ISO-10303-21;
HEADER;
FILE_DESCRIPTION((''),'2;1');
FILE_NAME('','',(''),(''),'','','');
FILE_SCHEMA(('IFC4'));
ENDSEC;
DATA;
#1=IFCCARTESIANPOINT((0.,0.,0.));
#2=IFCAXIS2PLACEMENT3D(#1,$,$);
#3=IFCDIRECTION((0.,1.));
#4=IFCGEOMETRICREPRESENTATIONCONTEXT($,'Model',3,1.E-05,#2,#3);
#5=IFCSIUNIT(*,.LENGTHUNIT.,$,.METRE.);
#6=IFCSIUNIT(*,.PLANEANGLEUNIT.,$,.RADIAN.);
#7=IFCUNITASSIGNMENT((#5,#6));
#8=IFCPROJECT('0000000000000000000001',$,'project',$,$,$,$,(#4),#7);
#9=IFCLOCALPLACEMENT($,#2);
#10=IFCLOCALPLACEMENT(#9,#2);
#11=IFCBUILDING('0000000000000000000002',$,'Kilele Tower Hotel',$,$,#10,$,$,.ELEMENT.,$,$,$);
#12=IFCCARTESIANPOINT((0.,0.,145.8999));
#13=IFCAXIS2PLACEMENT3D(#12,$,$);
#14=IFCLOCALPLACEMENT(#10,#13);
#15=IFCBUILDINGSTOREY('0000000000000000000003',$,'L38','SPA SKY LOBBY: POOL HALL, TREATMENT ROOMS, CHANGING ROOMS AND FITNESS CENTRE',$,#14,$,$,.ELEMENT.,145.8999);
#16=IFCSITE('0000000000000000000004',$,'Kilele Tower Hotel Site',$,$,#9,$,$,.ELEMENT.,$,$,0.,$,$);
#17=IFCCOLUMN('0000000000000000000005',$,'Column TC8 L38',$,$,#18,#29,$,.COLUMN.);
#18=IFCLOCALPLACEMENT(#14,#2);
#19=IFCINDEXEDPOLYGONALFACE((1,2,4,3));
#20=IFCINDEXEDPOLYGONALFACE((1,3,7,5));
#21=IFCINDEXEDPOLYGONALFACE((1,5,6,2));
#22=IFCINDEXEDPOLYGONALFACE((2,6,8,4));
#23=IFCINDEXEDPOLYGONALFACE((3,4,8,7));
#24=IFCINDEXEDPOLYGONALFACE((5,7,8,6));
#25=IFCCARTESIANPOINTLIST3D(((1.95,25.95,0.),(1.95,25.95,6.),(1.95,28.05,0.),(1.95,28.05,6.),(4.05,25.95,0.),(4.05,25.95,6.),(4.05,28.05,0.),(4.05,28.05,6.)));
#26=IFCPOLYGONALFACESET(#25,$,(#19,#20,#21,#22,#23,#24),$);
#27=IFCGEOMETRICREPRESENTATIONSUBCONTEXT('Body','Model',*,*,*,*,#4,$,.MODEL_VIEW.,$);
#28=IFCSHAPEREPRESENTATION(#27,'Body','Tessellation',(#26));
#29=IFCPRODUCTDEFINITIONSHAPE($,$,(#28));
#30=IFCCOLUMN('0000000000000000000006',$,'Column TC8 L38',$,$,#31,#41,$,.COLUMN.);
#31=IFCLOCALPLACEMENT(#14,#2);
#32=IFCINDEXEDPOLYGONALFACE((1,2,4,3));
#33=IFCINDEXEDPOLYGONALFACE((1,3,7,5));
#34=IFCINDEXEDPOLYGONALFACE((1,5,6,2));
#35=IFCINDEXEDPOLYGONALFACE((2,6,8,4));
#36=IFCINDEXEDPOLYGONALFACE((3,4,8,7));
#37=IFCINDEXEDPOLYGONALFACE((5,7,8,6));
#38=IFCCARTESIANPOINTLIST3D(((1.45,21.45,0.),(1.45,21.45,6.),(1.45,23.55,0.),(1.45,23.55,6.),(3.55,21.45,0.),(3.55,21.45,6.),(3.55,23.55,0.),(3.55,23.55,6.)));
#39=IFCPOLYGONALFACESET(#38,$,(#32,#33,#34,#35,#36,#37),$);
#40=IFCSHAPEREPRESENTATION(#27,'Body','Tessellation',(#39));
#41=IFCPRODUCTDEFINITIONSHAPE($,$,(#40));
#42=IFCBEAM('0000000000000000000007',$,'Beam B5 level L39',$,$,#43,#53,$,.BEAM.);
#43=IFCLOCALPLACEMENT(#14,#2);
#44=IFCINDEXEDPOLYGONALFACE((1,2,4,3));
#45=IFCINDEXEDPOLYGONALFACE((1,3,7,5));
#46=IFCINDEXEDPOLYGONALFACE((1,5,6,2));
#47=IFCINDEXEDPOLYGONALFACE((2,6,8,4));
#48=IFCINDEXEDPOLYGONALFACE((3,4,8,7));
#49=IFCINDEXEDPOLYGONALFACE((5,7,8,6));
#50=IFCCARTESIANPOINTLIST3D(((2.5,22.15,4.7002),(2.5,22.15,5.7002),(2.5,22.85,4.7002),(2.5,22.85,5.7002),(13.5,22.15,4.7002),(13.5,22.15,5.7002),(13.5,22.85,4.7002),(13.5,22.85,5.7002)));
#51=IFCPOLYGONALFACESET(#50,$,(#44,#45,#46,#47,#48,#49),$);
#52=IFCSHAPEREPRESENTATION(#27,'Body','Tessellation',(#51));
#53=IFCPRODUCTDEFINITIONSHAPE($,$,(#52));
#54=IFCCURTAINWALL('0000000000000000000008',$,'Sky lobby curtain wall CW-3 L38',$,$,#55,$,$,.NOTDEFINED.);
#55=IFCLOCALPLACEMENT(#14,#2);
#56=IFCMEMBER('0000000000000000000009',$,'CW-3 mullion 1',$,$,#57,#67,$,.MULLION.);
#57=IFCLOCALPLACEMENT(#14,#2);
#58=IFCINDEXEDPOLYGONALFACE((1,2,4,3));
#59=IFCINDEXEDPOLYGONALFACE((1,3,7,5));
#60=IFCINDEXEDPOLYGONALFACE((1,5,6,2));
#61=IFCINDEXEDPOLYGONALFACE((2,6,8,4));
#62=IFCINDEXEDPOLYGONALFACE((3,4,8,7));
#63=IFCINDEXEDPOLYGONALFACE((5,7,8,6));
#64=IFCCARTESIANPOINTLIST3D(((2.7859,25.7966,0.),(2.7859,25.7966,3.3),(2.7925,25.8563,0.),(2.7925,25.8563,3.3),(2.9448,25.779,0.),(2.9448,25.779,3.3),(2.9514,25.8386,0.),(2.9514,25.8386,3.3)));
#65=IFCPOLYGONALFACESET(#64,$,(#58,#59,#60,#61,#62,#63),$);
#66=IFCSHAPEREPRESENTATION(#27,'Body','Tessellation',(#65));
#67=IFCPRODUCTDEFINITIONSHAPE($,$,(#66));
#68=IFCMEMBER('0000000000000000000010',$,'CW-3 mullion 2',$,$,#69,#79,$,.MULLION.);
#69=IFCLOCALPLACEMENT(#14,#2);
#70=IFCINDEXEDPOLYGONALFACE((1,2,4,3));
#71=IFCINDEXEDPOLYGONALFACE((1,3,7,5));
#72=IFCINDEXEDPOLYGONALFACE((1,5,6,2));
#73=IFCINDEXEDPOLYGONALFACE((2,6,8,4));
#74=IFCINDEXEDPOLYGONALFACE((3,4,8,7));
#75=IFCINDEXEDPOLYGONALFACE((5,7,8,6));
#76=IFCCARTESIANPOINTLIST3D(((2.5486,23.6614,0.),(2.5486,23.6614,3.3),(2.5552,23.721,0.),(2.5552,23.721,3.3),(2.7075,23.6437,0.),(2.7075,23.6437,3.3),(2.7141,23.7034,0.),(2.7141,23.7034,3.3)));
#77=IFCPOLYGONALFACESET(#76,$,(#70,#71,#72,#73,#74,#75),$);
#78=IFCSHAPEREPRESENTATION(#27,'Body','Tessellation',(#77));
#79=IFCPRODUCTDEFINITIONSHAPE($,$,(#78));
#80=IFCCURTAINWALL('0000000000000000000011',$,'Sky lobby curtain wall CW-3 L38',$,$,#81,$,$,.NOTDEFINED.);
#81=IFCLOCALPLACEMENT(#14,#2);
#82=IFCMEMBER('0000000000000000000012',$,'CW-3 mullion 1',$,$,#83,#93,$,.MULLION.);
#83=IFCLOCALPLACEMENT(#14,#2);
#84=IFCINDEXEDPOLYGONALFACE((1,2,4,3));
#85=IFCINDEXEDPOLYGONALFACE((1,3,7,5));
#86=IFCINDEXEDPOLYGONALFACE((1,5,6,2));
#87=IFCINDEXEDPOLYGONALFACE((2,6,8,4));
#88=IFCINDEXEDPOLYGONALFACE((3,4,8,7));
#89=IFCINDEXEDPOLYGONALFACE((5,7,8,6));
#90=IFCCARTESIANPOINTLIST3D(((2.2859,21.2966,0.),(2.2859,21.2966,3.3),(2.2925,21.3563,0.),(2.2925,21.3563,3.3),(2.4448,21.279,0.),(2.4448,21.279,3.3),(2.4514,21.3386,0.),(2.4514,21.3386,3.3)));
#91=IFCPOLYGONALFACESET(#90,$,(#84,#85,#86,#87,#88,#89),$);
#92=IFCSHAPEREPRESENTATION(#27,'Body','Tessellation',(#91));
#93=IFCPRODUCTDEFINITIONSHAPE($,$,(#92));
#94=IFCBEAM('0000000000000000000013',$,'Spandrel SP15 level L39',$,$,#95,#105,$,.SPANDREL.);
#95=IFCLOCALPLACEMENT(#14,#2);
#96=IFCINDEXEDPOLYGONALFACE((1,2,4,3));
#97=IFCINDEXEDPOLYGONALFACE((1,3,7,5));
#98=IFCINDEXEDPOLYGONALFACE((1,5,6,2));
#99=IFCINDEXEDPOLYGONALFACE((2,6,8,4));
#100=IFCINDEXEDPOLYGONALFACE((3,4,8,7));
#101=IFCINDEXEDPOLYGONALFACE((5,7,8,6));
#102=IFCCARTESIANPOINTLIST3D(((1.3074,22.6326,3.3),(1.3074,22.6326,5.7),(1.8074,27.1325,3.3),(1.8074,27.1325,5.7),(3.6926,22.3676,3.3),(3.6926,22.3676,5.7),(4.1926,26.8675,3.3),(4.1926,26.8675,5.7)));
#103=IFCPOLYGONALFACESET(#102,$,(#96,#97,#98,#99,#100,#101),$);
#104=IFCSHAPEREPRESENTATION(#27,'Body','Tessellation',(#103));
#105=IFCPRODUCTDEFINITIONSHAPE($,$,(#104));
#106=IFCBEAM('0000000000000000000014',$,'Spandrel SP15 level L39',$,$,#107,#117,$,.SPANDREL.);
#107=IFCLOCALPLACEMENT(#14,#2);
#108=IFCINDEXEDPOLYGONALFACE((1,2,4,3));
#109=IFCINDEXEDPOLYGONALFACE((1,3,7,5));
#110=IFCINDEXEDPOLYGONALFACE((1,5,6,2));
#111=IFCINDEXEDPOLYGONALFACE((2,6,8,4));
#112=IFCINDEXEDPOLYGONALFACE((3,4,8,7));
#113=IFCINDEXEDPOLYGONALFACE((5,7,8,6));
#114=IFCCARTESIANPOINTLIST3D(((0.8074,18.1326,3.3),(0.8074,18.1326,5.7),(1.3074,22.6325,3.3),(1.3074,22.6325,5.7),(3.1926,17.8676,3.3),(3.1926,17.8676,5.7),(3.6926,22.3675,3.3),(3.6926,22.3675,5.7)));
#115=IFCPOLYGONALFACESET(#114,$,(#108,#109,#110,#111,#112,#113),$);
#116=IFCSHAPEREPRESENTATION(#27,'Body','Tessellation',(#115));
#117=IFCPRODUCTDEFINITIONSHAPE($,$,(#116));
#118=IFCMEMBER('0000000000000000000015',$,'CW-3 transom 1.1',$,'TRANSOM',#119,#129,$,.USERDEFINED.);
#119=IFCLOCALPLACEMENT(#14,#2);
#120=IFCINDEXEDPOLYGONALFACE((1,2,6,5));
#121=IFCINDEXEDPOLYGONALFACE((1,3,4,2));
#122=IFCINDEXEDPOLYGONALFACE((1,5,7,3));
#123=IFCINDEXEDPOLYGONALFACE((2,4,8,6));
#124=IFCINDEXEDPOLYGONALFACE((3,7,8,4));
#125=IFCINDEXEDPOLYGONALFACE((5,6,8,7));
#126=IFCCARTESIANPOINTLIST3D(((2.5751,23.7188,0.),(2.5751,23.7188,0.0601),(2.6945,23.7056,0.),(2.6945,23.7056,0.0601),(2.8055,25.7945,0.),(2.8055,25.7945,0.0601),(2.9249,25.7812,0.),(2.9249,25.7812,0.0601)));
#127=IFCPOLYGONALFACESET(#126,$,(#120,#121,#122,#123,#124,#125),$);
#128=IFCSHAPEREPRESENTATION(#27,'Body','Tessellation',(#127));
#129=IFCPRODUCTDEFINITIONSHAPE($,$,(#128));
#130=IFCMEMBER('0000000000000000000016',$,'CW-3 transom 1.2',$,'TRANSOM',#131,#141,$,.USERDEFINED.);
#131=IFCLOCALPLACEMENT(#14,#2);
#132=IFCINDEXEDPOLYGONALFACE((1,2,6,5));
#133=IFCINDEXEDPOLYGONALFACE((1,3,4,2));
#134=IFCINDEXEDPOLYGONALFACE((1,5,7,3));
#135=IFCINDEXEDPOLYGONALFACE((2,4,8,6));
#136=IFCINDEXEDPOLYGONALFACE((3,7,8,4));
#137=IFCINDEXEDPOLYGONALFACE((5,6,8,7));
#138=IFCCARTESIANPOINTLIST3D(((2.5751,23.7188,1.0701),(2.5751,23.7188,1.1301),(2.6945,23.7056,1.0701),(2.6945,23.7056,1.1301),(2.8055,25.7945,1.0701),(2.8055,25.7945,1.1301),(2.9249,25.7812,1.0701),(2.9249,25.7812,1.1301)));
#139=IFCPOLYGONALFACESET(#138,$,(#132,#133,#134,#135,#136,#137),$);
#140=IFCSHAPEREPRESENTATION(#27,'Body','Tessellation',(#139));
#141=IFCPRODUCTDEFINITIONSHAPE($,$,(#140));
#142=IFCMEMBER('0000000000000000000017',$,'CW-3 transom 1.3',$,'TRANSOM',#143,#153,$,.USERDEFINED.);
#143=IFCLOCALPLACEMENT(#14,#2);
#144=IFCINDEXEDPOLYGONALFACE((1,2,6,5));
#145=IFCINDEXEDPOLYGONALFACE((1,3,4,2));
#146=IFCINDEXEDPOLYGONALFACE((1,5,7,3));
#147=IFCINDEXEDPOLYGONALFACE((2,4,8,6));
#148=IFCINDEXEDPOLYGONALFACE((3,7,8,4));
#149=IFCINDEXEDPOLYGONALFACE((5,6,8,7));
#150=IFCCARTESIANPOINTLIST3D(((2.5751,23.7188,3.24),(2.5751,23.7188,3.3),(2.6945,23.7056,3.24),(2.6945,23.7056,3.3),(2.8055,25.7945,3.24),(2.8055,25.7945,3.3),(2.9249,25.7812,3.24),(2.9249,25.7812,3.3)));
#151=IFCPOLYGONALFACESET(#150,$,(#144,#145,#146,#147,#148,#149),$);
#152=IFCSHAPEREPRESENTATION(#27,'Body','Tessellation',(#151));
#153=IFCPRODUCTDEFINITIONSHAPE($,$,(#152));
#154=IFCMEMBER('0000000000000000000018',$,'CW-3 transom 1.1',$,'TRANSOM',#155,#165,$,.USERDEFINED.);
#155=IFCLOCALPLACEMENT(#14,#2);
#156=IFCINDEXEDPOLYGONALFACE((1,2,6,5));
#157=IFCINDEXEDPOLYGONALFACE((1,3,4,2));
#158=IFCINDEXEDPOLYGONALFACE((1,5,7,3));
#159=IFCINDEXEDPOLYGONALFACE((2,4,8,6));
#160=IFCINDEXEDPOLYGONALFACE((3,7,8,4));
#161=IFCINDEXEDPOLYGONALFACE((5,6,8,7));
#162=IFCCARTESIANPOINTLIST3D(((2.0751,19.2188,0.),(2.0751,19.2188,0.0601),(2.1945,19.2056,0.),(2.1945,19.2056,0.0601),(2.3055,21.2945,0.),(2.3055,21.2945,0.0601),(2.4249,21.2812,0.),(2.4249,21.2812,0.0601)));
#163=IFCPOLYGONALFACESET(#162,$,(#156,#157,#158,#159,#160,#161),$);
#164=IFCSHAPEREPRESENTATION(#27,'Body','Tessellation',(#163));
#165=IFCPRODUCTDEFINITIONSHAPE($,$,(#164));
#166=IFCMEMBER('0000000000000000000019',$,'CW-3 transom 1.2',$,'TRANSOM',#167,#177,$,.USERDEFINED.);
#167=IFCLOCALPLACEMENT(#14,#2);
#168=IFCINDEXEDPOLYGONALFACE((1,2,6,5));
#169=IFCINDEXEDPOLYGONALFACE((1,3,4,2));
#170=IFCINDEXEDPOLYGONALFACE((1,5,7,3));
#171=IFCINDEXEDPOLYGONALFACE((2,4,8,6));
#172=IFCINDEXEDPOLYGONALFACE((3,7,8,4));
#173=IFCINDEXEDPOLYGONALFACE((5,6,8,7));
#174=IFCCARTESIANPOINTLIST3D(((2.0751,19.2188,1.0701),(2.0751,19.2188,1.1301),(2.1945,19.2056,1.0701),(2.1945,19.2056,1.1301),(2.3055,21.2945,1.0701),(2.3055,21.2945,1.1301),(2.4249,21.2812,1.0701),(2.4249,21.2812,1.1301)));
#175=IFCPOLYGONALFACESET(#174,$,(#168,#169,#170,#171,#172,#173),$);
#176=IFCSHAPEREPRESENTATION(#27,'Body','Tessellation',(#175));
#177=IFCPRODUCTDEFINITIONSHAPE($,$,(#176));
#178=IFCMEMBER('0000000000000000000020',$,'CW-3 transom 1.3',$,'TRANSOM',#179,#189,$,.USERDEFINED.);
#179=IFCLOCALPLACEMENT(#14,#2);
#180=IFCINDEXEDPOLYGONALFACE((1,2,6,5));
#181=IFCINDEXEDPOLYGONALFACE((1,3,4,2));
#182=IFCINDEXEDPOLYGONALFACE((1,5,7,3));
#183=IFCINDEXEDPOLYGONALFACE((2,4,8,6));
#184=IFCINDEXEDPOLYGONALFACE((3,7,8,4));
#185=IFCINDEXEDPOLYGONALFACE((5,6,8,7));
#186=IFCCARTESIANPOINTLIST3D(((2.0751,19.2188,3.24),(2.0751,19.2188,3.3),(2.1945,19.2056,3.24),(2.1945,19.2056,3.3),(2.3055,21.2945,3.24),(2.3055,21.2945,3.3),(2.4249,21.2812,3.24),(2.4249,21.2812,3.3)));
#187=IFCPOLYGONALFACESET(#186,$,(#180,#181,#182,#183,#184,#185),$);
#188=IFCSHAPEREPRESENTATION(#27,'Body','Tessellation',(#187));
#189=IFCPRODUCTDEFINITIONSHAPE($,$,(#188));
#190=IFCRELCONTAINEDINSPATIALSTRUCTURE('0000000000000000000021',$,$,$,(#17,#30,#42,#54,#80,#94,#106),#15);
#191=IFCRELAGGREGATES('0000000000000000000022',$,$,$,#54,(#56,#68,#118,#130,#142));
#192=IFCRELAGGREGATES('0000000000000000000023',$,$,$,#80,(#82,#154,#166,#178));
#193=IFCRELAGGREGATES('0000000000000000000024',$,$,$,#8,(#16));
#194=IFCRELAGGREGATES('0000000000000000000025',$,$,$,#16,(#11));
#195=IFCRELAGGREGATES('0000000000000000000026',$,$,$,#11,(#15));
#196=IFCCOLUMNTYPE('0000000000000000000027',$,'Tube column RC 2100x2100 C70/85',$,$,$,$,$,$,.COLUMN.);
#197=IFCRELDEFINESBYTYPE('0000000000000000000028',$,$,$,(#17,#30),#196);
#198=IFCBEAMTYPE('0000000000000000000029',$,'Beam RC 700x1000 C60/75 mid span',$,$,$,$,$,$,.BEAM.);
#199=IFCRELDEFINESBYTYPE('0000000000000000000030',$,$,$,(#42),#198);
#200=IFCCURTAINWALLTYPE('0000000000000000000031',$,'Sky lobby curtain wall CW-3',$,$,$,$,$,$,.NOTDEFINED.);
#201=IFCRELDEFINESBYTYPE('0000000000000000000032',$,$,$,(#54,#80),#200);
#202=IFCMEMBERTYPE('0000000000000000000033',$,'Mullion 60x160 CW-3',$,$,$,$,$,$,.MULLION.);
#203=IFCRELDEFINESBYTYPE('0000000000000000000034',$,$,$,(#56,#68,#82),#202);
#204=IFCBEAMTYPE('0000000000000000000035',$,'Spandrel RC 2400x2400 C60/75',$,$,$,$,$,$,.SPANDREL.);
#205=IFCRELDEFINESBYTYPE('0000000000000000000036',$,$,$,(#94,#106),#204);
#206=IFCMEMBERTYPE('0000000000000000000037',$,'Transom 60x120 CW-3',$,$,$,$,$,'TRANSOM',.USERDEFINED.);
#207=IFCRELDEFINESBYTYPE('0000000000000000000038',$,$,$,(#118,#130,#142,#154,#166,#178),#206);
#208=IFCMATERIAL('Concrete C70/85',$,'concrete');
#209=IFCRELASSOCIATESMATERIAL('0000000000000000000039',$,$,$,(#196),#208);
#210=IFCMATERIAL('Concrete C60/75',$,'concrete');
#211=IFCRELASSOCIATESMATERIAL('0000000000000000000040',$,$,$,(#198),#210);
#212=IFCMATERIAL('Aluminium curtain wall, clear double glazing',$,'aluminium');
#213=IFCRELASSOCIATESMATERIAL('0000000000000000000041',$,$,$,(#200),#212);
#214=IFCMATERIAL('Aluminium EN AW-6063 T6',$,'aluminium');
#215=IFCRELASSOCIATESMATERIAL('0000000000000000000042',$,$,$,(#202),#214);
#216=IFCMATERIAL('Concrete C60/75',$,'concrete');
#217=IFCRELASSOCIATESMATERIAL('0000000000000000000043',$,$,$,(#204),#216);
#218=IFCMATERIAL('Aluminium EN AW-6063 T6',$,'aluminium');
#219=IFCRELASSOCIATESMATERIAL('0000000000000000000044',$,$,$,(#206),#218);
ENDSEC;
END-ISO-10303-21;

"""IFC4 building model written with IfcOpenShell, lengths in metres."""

from ifc_helpers import new_model, si_unit, direction, frame, origin, origin_2d, place, context, subcontext, project, spatial, rectangle, extrude, material, material_profile, profile_set, type_object, element, aggregate, save


model = new_model("IFC4")

# Units and contexts
model_context = context("Model", 3, precision=1e-05, world=origin(), true_north=direction((0.0, 1.0)))
body_context = subcontext(model_context, "Body", "Model", "MODEL_VIEW")
ifc_project = project(units=[si_unit("LENGTHUNIT", "METRE"), si_unit("PLANEANGLEUNIT", "RADIAN")], contexts=[model_context])

# Site, building, storey
site_placement = place(None, origin())
site = spatial("IfcSite", under=ifc_project, at=site_placement, Name="Kilele Tower Hotel Site", CompositionType="ELEMENT", RefElevation=0.0)
building_placement = place(site_placement, origin())
building = spatial("IfcBuilding", under=site, at=building_placement, Name="Kilele Tower Hotel", CompositionType="ELEMENT")
storey_placement = place(building_placement, frame((0.0, 0.0, 145.8999)))
storey = spatial("IfcBuildingStorey", under=building, at=storey_placement, Name="L38", Description="SPA SKY LOBBY: POOL HALL, TREATMENT ROOMS, CHANGING ROOMS AND FITNESS CENTRE", CompositionType="ELEMENT", Elevation=145.8999)

# Columns
ifc_material_1 = material(Name="Concrete C70/85", Category="concrete")
ifc_material_profile_1 = material_profile(ifc_material_1, rectangle(XDim=2.1001, YDim=2.1001, at=origin_2d()))
ifc_profile_set_1 = profile_set([ifc_material_profile_1], Name="Concrete C70/85")
column_type = type_object("IfcColumnType", Name="Tube column RC 2100x2100 C70/85", PredefinedType="COLUMN", material=ifc_profile_set_1)
for number, where, z_axis, x_axis, name in (
    (1, (3.0, 27.0, 0.0), (0.0, 0.0, 1.0), (1.0, 0.0, 0.0), "Column TC8 L38"),
    (2, (2.5, 22.5, 0.0), (0.0, 0.0, 1.0), (1.0, 0.0, 0.0), "Column TC8 L38"),
):
    element("IfcColumn", number, at=place(storey_placement, frame(where, z_axis=z_axis, x_axis=x_axis)), inside=storey, type_object=column_type, Name=name, PredefinedType="COLUMN", context=body_context, shape_type="SweptSolid", body=[
        extrude(rectangle(XDim=2.1001, YDim=2.1001, at=origin_2d()), origin(), (0.0, 0.0, 1.0), 6.0),
    ])

# Beam
ifc_material_2 = material(Name="Concrete C60/75", Category="concrete")
ifc_material_profile_2 = material_profile(ifc_material_2, rectangle(XDim=0.7, YDim=1.0, at=origin_2d()))
ifc_profile_set_2 = profile_set([ifc_material_profile_2], Name="Concrete C60/75")
beam_type_1 = type_object("IfcBeamType", Name="Beam RC 700x1000 C60/75 mid span", PredefinedType="BEAM", material=ifc_profile_set_2)
beam_placement = place(storey_placement, frame((2.5, 22.5, 5.2002), z_axis=(1.0, 0.0, 0.0), x_axis=(0.0, 1.0, 0.0)))
element("IfcBeam", 3, at=beam_placement, inside=storey, type_object=beam_type_1, Name="Beam B5 level L39", PredefinedType="BEAM", context=body_context, shape_type="SweptSolid", body=[
    extrude(rectangle(XDim=0.7, YDim=1.0, at=origin_2d()), origin(), (0.0, 0.0, 1.0), 11.0),
])

# Curtain wall, members
ifc_material_3 = material(Name="Aluminium curtain wall, clear double glazing", Category="aluminium")
curtain_wall_type = type_object("IfcCurtainWallType", Name="Sky lobby curtain wall CW-3", PredefinedType="NOTDEFINED", material=ifc_material_3)
curtain_wall_1_placement = place(storey_placement, origin())
curtain_wall_1 = element("IfcCurtainWall", 4, at=curtain_wall_1_placement, inside=storey, type_object=curtain_wall_type, Name="Sky lobby curtain wall CW-3 L38", PredefinedType="NOTDEFINED")
ifc_material_4 = material(Name="Aluminium EN AW-6063 T6", Category="aluminium")
ifc_material_profile_3 = material_profile(ifc_material_4, rectangle(XDim=0.1599, YDim=0.0601, at=origin_2d()))
ifc_profile_set_3 = profile_set([ifc_material_profile_3], Name="Aluminium EN AW-6063 T6")
member_type_1 = type_object("IfcMemberType", Name="Mullion 60x160 CW-3", PredefinedType="MULLION", material=ifc_profile_set_3)
member_1_placement = place(storey_placement, frame((2.8687, 25.8176, 0.0), z_axis=(0.0, 0.0, 1.0), x_axis=(0.993884, -0.110432, 0.0)))
member_1 = element("IfcMember", 5, at=member_1_placement, type_object=member_type_1, Name="CW-3 mullion 1", PredefinedType="MULLION", context=body_context, shape_type="SweptSolid", body=[
    extrude(rectangle(XDim=0.1599, YDim=0.0601, at=origin_2d()), origin(), (0.0, 0.0, 1.0), 3.3),
])
member_2_placement = place(storey_placement, frame((2.6313, 23.6824, 0.0), z_axis=(0.0, 0.0, 1.0), x_axis=(0.993884, -0.110432, 0.0)))
member_2 = element("IfcMember", 6, at=member_2_placement, type_object=member_type_1, Name="CW-3 mullion 2", PredefinedType="MULLION", context=body_context, shape_type="SweptSolid", body=[
    extrude(rectangle(XDim=0.1599, YDim=0.0601, at=origin_2d()), origin(), (0.0, 0.0, 1.0), 3.3),
])

# Curtain wall, member
curtain_wall_2_placement = place(storey_placement, origin())
curtain_wall_2 = element("IfcCurtainWall", 7, at=curtain_wall_2_placement, inside=storey, type_object=curtain_wall_type, Name="Sky lobby curtain wall CW-3 L38", PredefinedType="NOTDEFINED")
member_3_placement = place(storey_placement, frame((2.3687, 21.3176, 0.0), z_axis=(0.0, 0.0, 1.0), x_axis=(0.993884, -0.110432, 0.0)))
member_3 = element("IfcMember", 8, at=member_3_placement, type_object=member_type_1, Name="CW-3 mullion 1", PredefinedType="MULLION", context=body_context, shape_type="SweptSolid", body=[
    extrude(rectangle(XDim=0.1599, YDim=0.0601, at=origin_2d()), origin(), (0.0, 0.0, 1.0), 3.3),
])

# Beams
ifc_material_5 = material(Name="Concrete C60/75", Category="concrete")
ifc_material_profile_4 = material_profile(ifc_material_5, rectangle(XDim=2.3999, YDim=2.3999, at=origin_2d()))
ifc_profile_set_4 = profile_set([ifc_material_profile_4], Name="Concrete C60/75")
beam_type_2 = type_object("IfcBeamType", Name="Spandrel RC 2400x2400 C60/75", PredefinedType="SPANDREL", material=ifc_profile_set_4)
for number, where, z_axis, x_axis, name in (
    (9, (3.0, 27.0, 4.5), (-0.110432, -0.993884, 0.0), (0.993884, -0.110432, 0.0), "Spandrel SP15 level L39"),
    (10, (2.5, 22.5, 4.5), (-0.110432, -0.993884, 0.0), (0.993884, -0.110432, 0.0), "Spandrel SP15 level L39"),
):
    element("IfcBeam", number, at=place(storey_placement, frame(where, z_axis=z_axis, x_axis=x_axis)), inside=storey, type_object=beam_type_2, Name=name, PredefinedType="SPANDREL", context=body_context, shape_type="SweptSolid", body=[
        extrude(rectangle(XDim=2.3999, YDim=2.3999, at=origin_2d()), origin(), (0.0, 0.0, 1.0), 4.5276),
    ])

# Members
ifc_material_6 = material(Name="Aluminium EN AW-6063 T6", Category="aluminium")
ifc_material_profile_5 = material_profile(ifc_material_6, rectangle(XDim=0.1201, YDim=0.0601, at=origin_2d()))
ifc_profile_set_5 = profile_set([ifc_material_profile_5], Name="Aluminium EN AW-6063 T6")
member_type_2 = type_object("IfcMemberType", Name="Transom 60x120 CW-3", ElementType="TRANSOM", PredefinedType="USERDEFINED", material=ifc_profile_set_5)
member_4_placement = place(storey_placement, frame((2.8652, 25.7878, 0.03), z_axis=(-0.110355, -0.993892, 0.0), x_axis=(0.993892, -0.110355, 0.0)))
member_4 = element("IfcMember", 11, at=member_4_placement, type_object=member_type_2, Name="CW-3 transom 1.1", ObjectType="TRANSOM", PredefinedType="USERDEFINED", context=body_context, shape_type="SweptSolid", body=[
    extrude(rectangle(XDim=0.1201, YDim=0.0601, at=origin_2d()), origin(), (0.0, 0.0, 1.0), 2.0884),
])
member_5_placement = place(storey_placement, frame((2.8652, 25.7878, 1.1001), z_axis=(-0.110355, -0.993892, 0.0), x_axis=(0.993892, -0.110355, 0.0)))
member_5 = element("IfcMember", 12, at=member_5_placement, type_object=member_type_2, Name="CW-3 transom 1.2", ObjectType="TRANSOM", PredefinedType="USERDEFINED", context=body_context, shape_type="SweptSolid", body=[
    extrude(rectangle(XDim=0.1201, YDim=0.0601, at=origin_2d()), origin(), (0.0, 0.0, 1.0), 2.0884),
])
member_6_placement = place(storey_placement, frame((2.8652, 25.7878, 3.27), z_axis=(-0.110355, -0.993892, 0.0), x_axis=(0.993892, -0.110355, 0.0)))
member_6 = element("IfcMember", 13, at=member_6_placement, type_object=member_type_2, Name="CW-3 transom 1.3", ObjectType="TRANSOM", PredefinedType="USERDEFINED", context=body_context, shape_type="SweptSolid", body=[
    extrude(rectangle(XDim=0.1201, YDim=0.0601, at=origin_2d()), origin(), (0.0, 0.0, 1.0), 2.0884),
])
member_7_placement = place(storey_placement, frame((2.3652, 21.2878, 0.03), z_axis=(-0.110355, -0.993892, 0.0), x_axis=(0.993892, -0.110355, 0.0)))
member_7 = element("IfcMember", 14, at=member_7_placement, type_object=member_type_2, Name="CW-3 transom 1.1", ObjectType="TRANSOM", PredefinedType="USERDEFINED", context=body_context, shape_type="SweptSolid", body=[
    extrude(rectangle(XDim=0.1201, YDim=0.0601, at=origin_2d()), origin(), (0.0, 0.0, 1.0), 2.0884),
])
member_8_placement = place(storey_placement, frame((2.3652, 21.2878, 1.1001), z_axis=(-0.110355, -0.993892, 0.0), x_axis=(0.993892, -0.110355, 0.0)))
member_8 = element("IfcMember", 15, at=member_8_placement, type_object=member_type_2, Name="CW-3 transom 1.2", ObjectType="TRANSOM", PredefinedType="USERDEFINED", context=body_context, shape_type="SweptSolid", body=[
    extrude(rectangle(XDim=0.1201, YDim=0.0601, at=origin_2d()), origin(), (0.0, 0.0, 1.0), 2.0884),
])
member_9_placement = place(storey_placement, frame((2.3652, 21.2878, 3.27), z_axis=(-0.110355, -0.993892, 0.0), x_axis=(0.993892, -0.110355, 0.0)))
member_9 = element("IfcMember", 16, at=member_9_placement, type_object=member_type_2, Name="CW-3 transom 1.3", ObjectType="TRANSOM", PredefinedType="USERDEFINED", context=body_context, shape_type="SweptSolid", body=[
    extrude(rectangle(XDim=0.1201, YDim=0.0601, at=origin_2d()), origin(), (0.0, 0.0, 1.0), 2.0884),
])

aggregate(curtain_wall_1, [member_1, member_2, member_4, member_5, member_6])
aggregate(curtain_wall_2, [member_3, member_7, member_8, member_9])

save(model, "model.ifc")
